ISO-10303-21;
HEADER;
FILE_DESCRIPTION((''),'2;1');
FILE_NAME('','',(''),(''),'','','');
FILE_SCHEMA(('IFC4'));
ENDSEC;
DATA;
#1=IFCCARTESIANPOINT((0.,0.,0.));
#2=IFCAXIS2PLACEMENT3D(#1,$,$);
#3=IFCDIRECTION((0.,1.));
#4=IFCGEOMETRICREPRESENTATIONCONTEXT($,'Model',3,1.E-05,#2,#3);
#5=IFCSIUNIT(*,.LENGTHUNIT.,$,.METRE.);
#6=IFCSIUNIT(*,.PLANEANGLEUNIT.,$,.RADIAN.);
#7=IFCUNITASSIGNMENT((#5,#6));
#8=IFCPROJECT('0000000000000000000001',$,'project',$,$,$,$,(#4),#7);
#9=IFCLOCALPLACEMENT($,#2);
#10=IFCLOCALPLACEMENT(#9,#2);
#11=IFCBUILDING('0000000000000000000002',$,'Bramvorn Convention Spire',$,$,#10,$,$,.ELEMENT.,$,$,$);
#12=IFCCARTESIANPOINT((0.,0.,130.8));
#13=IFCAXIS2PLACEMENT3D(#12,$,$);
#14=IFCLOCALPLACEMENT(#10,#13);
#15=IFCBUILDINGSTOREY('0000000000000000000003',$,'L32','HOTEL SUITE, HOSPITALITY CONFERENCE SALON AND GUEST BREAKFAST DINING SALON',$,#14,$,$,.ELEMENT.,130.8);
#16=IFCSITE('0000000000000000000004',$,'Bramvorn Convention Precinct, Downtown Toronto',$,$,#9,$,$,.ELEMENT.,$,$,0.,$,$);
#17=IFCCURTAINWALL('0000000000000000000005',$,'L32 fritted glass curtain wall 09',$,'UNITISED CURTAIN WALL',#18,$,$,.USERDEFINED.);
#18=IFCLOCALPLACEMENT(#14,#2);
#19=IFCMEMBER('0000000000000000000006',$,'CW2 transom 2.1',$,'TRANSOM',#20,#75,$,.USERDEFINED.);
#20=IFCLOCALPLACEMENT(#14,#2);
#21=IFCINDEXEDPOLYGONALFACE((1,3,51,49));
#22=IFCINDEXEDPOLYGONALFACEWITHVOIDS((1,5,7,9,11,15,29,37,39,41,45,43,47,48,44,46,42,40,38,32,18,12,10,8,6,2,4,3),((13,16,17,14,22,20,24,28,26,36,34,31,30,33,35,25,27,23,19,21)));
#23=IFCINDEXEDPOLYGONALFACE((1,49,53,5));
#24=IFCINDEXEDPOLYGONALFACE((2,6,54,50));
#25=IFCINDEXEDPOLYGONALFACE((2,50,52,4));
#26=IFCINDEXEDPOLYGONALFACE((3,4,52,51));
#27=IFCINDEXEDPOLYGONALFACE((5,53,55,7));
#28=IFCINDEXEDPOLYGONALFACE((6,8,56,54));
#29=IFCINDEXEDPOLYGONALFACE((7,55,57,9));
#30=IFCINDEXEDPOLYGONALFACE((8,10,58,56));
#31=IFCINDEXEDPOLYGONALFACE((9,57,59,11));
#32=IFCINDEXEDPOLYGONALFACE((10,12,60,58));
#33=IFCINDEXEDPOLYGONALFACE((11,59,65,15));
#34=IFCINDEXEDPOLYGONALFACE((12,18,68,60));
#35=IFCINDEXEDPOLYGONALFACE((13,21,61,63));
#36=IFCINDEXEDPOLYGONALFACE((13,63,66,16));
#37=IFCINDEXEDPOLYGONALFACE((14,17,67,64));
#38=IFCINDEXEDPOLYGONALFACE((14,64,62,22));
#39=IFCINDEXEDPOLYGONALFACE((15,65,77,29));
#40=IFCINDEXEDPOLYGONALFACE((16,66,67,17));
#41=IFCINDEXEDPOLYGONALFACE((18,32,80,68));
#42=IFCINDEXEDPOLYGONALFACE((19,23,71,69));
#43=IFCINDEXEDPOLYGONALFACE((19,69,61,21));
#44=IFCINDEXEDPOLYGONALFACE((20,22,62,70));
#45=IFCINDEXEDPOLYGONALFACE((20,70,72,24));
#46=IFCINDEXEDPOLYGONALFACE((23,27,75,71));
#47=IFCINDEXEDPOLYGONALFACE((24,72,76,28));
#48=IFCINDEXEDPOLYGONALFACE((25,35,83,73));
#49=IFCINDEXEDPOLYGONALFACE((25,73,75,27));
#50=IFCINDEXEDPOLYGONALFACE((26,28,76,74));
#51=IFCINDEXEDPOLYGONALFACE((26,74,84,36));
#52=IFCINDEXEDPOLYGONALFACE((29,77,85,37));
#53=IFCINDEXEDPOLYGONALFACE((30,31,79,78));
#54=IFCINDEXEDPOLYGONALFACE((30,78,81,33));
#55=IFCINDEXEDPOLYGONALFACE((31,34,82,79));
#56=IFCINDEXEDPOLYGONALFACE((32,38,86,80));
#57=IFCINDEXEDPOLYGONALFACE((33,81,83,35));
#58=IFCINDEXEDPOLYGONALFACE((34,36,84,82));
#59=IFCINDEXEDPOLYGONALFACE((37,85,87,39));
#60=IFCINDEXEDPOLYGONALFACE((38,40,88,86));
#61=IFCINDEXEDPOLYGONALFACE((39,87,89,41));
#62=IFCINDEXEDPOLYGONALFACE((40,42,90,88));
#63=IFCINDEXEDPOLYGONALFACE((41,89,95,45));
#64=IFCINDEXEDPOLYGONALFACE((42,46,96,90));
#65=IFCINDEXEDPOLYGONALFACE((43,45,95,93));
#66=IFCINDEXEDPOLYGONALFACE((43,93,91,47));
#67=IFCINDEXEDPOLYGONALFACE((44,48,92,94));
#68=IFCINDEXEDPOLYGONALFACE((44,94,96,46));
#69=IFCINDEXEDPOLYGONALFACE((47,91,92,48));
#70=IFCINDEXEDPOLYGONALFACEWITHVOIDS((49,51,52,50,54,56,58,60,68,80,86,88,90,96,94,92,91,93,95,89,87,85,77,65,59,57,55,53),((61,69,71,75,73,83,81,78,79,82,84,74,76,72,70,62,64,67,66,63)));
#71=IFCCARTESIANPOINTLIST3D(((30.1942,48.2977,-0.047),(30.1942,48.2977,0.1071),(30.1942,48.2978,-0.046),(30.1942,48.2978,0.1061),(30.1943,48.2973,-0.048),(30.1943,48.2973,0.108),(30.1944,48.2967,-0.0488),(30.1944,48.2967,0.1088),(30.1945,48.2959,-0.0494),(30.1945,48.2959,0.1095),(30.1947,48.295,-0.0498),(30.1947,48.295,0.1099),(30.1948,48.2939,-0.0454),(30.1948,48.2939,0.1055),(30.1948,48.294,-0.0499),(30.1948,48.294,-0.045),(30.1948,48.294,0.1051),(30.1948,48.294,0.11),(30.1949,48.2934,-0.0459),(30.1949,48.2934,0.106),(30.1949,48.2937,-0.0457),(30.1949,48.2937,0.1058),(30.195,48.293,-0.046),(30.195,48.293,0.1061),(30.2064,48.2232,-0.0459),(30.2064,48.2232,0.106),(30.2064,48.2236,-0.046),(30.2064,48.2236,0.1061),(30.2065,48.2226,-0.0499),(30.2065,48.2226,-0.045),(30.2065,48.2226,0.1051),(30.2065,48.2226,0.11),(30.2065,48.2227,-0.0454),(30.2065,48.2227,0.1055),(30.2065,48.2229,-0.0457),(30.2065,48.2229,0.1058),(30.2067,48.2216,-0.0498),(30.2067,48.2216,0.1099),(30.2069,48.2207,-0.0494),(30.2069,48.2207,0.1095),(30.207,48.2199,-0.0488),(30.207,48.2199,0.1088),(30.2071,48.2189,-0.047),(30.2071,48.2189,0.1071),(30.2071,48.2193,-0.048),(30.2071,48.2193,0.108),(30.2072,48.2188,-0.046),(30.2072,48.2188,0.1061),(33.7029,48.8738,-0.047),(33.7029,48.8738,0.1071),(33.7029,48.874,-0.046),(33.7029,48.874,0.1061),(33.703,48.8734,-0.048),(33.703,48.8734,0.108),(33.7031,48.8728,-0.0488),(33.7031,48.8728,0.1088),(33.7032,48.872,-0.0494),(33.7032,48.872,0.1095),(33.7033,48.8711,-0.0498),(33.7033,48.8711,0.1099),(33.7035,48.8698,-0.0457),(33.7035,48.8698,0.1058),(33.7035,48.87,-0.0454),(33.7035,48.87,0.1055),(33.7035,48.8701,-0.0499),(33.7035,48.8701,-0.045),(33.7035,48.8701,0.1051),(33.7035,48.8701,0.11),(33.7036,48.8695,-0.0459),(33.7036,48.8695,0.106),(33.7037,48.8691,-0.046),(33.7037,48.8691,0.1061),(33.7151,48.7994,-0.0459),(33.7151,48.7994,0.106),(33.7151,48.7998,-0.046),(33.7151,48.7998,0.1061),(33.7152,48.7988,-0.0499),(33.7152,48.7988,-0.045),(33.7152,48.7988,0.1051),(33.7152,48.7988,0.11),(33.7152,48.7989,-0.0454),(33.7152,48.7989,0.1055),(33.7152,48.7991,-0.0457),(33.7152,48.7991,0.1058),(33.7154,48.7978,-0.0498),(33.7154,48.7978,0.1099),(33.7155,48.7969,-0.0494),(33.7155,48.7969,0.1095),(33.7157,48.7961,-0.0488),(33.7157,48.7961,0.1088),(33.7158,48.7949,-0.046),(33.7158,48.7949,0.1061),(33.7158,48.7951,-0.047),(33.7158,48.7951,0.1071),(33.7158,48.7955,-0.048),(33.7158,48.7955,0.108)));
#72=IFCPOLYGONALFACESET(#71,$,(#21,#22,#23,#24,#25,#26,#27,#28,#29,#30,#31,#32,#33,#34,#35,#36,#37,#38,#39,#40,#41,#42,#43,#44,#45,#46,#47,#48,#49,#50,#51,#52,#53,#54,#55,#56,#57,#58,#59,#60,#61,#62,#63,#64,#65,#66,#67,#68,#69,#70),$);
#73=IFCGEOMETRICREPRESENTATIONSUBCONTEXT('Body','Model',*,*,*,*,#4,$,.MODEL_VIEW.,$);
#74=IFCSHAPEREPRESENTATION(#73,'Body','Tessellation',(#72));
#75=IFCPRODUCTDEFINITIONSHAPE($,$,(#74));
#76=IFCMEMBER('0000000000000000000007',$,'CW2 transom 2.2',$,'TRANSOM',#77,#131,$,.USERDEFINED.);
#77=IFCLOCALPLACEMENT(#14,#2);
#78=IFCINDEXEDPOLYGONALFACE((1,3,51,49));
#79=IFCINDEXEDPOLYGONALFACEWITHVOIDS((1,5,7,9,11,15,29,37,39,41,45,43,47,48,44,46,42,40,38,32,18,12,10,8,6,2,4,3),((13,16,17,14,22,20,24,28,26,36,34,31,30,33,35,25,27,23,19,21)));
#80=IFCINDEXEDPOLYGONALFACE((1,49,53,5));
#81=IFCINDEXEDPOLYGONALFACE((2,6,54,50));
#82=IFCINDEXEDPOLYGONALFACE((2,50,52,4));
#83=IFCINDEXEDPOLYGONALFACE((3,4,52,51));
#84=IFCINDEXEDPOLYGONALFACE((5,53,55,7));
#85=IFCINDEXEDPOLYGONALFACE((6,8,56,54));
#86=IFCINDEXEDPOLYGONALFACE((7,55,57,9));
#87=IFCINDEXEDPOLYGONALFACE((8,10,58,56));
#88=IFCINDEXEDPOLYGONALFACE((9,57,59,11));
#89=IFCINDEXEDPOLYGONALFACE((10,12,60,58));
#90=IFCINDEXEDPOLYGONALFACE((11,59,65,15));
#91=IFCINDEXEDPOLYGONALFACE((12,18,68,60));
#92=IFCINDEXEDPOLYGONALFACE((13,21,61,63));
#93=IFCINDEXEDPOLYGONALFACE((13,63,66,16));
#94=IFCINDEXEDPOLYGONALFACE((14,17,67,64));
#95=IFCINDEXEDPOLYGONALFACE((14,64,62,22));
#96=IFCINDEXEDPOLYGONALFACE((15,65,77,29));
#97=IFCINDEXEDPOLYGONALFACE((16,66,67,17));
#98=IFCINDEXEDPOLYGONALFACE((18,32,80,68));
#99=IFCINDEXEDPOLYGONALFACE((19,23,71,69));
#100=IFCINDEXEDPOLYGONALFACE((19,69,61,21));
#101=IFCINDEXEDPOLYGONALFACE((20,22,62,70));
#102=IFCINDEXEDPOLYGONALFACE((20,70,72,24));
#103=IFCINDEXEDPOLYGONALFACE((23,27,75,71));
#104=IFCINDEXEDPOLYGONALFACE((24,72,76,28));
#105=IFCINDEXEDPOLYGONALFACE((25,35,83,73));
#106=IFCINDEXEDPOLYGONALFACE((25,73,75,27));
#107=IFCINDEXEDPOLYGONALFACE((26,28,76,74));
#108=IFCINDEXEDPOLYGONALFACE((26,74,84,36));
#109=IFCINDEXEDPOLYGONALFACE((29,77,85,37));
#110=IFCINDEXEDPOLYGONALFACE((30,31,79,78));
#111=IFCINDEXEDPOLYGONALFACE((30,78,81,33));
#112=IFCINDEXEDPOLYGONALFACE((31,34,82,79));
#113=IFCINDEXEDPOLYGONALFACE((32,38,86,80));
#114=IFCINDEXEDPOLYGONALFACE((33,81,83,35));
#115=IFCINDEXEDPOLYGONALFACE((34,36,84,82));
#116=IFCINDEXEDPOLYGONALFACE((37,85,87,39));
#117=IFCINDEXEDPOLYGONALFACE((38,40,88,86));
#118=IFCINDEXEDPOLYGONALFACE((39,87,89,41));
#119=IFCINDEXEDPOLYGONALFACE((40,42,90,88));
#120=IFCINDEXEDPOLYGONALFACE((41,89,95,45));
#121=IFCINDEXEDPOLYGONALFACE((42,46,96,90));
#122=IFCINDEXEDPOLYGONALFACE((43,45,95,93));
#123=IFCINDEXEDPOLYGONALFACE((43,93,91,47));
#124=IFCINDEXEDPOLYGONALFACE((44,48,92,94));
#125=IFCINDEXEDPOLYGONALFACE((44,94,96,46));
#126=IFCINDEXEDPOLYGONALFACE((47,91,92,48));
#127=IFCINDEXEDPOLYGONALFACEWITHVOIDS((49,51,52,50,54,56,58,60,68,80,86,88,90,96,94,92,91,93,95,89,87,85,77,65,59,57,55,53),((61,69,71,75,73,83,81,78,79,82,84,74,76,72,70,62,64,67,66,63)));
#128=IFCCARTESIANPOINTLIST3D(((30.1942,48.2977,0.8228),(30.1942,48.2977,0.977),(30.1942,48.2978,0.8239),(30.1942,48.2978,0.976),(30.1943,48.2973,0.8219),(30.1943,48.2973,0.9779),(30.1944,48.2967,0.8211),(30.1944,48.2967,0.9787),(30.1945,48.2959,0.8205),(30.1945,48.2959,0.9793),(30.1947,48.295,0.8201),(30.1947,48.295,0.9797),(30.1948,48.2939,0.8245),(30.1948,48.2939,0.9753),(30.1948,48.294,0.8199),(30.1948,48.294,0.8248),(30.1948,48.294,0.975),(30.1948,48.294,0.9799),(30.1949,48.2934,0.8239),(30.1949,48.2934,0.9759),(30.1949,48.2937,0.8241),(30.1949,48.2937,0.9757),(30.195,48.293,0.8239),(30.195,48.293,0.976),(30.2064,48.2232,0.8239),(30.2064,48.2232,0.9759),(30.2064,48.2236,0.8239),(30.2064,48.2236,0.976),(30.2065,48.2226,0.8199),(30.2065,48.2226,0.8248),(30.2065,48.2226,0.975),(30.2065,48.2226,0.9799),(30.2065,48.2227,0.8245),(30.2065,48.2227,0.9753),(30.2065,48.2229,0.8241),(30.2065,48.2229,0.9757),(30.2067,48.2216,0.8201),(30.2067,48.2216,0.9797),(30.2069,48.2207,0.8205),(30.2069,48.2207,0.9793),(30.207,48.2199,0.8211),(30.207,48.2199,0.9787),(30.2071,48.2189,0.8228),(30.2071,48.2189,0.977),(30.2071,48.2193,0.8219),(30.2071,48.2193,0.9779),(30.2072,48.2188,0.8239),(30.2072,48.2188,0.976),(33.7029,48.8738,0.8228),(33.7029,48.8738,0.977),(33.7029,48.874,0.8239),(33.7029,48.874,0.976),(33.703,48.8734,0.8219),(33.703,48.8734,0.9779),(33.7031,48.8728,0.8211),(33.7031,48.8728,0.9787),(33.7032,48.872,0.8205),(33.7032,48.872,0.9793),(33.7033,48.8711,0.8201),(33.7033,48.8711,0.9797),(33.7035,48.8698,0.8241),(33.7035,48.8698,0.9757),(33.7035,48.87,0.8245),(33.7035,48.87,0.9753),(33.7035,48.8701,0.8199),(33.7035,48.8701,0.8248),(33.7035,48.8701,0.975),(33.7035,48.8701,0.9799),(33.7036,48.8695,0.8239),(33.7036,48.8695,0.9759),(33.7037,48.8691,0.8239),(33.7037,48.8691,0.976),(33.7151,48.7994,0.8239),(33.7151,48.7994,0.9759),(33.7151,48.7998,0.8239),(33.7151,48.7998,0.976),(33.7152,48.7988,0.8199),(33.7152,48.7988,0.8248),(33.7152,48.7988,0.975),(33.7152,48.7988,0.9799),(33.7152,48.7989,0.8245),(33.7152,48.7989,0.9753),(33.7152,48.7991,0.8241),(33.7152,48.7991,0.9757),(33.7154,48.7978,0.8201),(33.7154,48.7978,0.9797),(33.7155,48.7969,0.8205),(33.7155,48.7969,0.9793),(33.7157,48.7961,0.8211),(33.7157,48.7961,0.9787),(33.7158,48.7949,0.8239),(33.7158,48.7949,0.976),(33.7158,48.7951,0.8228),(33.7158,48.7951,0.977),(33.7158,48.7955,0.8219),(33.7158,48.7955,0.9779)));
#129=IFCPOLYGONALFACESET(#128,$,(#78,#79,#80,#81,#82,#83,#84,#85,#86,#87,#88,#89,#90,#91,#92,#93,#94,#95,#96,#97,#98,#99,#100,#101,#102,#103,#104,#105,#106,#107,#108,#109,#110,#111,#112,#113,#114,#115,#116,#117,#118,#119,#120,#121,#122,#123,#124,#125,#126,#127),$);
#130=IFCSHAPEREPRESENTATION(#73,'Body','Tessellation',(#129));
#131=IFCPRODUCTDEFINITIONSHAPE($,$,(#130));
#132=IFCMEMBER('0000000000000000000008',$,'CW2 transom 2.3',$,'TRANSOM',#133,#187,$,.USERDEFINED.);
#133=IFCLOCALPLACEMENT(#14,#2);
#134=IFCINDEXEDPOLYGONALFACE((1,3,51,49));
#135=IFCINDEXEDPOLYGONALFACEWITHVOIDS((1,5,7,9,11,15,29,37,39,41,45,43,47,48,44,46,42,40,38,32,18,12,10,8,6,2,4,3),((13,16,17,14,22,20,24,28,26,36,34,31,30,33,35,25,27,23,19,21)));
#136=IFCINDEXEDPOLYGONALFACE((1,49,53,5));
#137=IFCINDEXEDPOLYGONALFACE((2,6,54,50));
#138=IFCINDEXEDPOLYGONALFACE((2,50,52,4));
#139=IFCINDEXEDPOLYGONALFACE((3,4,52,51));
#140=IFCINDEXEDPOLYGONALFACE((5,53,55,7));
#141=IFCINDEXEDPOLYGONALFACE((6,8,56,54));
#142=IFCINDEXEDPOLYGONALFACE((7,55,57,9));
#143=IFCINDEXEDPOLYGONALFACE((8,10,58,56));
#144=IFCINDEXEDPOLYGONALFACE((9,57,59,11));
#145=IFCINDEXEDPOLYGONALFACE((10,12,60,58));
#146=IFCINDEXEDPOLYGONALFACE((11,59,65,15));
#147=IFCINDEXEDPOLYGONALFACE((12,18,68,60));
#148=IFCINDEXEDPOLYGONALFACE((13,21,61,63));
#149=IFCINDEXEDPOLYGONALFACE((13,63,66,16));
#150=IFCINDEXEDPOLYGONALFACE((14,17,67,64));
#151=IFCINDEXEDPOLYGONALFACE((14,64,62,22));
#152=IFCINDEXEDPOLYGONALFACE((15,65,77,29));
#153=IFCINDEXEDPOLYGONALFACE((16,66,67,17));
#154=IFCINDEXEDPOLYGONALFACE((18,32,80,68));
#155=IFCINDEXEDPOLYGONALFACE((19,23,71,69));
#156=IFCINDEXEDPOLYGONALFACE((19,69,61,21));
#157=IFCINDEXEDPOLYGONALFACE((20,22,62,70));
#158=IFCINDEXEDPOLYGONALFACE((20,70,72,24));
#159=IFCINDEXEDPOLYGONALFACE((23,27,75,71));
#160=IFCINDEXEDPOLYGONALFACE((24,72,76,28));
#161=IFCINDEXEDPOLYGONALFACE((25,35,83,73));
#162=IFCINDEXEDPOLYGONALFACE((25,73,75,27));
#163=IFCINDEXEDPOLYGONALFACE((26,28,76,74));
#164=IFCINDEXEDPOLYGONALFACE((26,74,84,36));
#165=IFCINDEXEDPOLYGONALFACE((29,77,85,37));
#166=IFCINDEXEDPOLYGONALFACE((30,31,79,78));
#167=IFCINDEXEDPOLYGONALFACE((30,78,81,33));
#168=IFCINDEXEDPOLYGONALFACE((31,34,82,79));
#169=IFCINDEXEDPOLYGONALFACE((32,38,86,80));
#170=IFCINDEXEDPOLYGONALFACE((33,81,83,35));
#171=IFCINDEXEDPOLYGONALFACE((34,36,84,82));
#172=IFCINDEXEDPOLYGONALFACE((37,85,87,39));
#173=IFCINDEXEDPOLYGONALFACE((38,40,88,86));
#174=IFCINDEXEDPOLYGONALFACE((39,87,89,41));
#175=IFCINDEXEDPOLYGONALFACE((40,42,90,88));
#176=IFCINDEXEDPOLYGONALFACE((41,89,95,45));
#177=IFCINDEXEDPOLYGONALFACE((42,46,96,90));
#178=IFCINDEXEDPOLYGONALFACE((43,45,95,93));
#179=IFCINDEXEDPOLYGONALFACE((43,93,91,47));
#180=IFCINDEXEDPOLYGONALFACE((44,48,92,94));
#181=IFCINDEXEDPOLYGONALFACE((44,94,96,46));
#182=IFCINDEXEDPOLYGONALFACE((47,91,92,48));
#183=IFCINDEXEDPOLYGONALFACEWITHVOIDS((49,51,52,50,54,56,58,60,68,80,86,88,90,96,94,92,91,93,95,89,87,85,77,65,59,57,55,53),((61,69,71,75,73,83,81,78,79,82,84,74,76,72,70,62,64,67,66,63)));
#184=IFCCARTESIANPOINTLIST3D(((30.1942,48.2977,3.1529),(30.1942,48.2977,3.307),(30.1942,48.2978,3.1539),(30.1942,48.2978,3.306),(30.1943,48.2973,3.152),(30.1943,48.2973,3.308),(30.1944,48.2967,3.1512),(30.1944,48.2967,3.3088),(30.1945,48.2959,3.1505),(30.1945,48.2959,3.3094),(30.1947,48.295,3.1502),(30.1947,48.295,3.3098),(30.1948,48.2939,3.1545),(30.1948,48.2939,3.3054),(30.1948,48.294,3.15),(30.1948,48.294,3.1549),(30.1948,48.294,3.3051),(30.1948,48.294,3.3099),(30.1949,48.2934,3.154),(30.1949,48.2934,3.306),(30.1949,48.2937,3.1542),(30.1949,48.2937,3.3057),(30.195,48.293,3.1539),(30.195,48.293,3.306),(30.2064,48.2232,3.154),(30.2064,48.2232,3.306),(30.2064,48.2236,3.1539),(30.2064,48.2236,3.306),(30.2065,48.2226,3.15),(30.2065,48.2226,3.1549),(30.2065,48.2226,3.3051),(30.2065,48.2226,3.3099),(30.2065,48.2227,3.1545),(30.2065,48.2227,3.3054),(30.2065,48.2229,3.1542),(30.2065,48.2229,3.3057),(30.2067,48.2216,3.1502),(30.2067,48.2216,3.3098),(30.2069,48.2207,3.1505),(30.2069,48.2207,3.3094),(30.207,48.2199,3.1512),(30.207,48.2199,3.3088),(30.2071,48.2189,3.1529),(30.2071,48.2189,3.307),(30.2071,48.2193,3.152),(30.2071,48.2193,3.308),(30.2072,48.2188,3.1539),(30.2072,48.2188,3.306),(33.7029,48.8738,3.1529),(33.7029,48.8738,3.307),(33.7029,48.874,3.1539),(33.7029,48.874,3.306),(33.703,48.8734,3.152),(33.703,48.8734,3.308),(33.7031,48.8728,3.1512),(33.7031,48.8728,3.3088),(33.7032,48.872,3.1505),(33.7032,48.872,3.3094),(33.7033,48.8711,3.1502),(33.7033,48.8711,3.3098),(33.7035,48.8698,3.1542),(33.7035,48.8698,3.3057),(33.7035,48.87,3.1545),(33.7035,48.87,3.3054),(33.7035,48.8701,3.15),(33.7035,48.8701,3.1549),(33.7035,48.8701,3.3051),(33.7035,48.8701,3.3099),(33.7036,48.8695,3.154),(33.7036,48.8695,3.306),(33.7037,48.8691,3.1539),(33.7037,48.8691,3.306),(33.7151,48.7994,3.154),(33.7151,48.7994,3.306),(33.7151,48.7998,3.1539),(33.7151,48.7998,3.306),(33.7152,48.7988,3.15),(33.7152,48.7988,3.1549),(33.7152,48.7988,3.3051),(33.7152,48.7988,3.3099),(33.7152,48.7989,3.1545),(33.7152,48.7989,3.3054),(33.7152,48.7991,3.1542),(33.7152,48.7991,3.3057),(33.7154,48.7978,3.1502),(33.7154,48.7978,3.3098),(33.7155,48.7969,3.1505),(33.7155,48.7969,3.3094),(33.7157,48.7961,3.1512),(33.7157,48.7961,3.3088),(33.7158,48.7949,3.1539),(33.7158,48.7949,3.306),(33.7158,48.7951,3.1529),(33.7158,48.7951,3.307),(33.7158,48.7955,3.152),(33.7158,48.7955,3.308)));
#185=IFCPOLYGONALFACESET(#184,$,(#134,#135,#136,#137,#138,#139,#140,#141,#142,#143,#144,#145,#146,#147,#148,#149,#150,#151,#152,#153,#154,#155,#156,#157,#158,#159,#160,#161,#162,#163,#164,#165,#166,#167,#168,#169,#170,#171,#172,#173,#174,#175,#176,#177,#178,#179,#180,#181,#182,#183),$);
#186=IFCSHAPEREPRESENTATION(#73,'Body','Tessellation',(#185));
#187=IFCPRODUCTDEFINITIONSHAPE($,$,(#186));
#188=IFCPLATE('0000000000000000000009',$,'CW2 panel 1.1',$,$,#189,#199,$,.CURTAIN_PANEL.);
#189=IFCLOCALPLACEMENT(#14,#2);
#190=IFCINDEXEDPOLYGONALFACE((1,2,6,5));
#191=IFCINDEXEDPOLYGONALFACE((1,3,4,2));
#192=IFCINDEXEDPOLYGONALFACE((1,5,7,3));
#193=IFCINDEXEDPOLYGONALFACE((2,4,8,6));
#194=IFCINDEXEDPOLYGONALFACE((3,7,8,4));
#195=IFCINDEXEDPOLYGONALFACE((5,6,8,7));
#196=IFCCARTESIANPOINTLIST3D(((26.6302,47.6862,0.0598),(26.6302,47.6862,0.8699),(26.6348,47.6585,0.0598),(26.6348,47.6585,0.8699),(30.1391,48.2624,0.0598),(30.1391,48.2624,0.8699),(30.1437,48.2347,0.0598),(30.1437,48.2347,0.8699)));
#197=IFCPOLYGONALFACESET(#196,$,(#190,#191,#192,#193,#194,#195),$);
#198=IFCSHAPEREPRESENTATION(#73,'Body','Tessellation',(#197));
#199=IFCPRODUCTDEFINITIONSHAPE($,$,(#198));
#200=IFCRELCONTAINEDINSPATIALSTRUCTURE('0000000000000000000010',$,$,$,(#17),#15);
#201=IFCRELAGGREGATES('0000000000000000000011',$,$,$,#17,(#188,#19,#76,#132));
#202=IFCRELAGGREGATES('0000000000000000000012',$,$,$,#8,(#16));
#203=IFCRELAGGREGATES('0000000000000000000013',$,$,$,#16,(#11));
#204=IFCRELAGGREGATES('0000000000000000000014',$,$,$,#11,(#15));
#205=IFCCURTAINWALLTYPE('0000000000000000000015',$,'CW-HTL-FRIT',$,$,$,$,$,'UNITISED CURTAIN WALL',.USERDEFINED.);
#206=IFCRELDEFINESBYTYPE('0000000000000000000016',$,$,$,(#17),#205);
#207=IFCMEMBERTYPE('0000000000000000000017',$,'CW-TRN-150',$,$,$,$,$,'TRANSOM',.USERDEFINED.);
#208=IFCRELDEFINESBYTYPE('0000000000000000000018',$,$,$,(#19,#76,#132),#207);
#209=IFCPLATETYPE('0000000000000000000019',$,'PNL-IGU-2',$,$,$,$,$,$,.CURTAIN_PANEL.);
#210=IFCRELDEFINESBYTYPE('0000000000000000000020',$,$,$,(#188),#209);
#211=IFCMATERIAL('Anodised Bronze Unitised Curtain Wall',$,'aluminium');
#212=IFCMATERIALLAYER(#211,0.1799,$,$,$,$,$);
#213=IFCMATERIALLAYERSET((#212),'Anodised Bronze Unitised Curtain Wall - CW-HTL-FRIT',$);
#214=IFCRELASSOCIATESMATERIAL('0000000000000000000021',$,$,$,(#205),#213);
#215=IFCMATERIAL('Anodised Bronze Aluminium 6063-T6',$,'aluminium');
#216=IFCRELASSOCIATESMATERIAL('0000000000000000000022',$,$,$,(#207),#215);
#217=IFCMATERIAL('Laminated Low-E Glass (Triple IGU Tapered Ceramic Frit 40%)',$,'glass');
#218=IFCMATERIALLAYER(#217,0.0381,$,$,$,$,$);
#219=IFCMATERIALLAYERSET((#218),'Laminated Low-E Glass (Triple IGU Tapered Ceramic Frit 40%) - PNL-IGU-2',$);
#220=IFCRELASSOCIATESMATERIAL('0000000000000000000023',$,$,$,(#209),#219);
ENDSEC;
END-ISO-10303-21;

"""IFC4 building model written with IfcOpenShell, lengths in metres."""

from ifc_helpers import new_model, si_unit, direction, frame, origin, origin_2d, place, context, subcontext, project, spatial, rectangle, hollow_rectangle, extrude, material, layer, layer_set, material_profile, profile_set, type_object, element, aggregate, save


model = new_model("IFC4")

# Units and contexts
model_context = context("Model", 3, precision=1e-05, world=origin(), true_north=direction((0.0, 1.0)))
body_context = subcontext(model_context, "Body", "Model", "MODEL_VIEW")
ifc_project = project(units=[si_unit("LENGTHUNIT", "METRE"), si_unit("PLANEANGLEUNIT", "RADIAN")], contexts=[model_context])

# Site, building, storey
site_placement = place(None, origin())
site = spatial("IfcSite", under=ifc_project, at=site_placement, Name="Bramvorn Convention Precinct, Downtown Toronto", CompositionType="ELEMENT", RefElevation=0.0)
building_placement = place(site_placement, origin())
building = spatial("IfcBuilding", under=site, at=building_placement, Name="Bramvorn Convention Spire", CompositionType="ELEMENT")
storey_placement = place(building_placement, frame((0.0, 0.0, 130.8)))
storey = spatial("IfcBuildingStorey", under=building, at=storey_placement, Name="L32", Description="HOTEL SUITE, HOSPITALITY CONFERENCE SALON AND GUEST BREAKFAST DINING SALON", CompositionType="ELEMENT", Elevation=130.8)

# Shared definitions
ifc_material_1 = material(Name="Anodised Bronze Unitised Curtain Wall", Category="aluminium")
ifc_layer_1 = layer(ifc_material_1, 0.1799)
ifc_layer_set_1 = layer_set([ifc_layer_1], Name="Anodised Bronze Unitised Curtain Wall - CW-HTL-FRIT")
curtain_wall_type = type_object("IfcCurtainWallType", Name="CW-HTL-FRIT", ElementType="UNITISED CURTAIN WALL", PredefinedType="USERDEFINED", material=ifc_layer_set_1)
ifc_material_2 = material(Name="Anodised Bronze Aluminium 6063-T6", Category="aluminium")

# Curtain wall
curtain_wall_1_placement = place(storey_placement, origin())
curtain_wall_1 = element("IfcCurtainWall", 1, at=curtain_wall_1_placement, inside=storey, type_object=curtain_wall_type, Name="L32 fritted glass curtain wall 09", ObjectType="UNITISED CURTAIN WALL", PredefinedType="USERDEFINED")

# Members
ifc_material_profile_1 = material_profile(ifc_material_2, hollow_rectangle(XDim=0.0801, YDim=0.1599, WallThickness=0.0039, InnerFilletRadius=0.001, OuterFilletRadius=0.0039, at=origin_2d()))
ifc_profile_set_1 = profile_set([ifc_material_profile_1], Name="Anodised Bronze Aluminium 6063-T6 - CWT80X160")
member_type_1 = type_object("IfcMemberType", Name="CW-TRN-150", ElementType="TRANSOM", PredefinedType="USERDEFINED", material=ifc_profile_set_1)
member_1_placement = place(storey_placement, frame((30.2007, 48.2583, 0.03), z_axis=(0.986785, 0.162038, 0.0), x_axis=(-0.162038, 0.986785, 0.0)))
member_1 = element("IfcMember", 2, at=member_1_placement, type_object=member_type_1, Name="CW2 transom 2.1", ObjectType="TRANSOM", PredefinedType="USERDEFINED", context=body_context, shape_type="SweptSolid", body=[
    extrude(hollow_rectangle(XDim=0.0801, YDim=0.1599, WallThickness=0.0039, InnerFilletRadius=0.001, OuterFilletRadius=0.0039, at=origin_2d()), origin(), (0.0, 0.0, 1.0), 3.5557),
])
member_2_placement = place(storey_placement, frame((30.2007, 48.2583, 0.8999), z_axis=(0.986785, 0.162038, 0.0), x_axis=(-0.162038, 0.986785, 0.0)))
member_2 = element("IfcMember", 3, at=member_2_placement, type_object=member_type_1, Name="CW2 transom 2.2", ObjectType="TRANSOM", PredefinedType="USERDEFINED", context=body_context, shape_type="SweptSolid", body=[
    extrude(hollow_rectangle(XDim=0.0801, YDim=0.1599, WallThickness=0.0039, InnerFilletRadius=0.001, OuterFilletRadius=0.0039, at=origin_2d()), origin(), (0.0, 0.0, 1.0), 3.5557),
])
member_3_placement = place(storey_placement, frame((30.2007, 48.2583, 3.23), z_axis=(0.986785, 0.162038, 0.0), x_axis=(-0.162038, 0.986785, 0.0)))
member_3 = element("IfcMember", 4, at=member_3_placement, type_object=member_type_1, Name="CW2 transom 2.3", ObjectType="TRANSOM", PredefinedType="USERDEFINED", context=body_context, shape_type="SweptSolid", body=[
    extrude(hollow_rectangle(XDim=0.0801, YDim=0.1599, WallThickness=0.0039, InnerFilletRadius=0.001, OuterFilletRadius=0.0039, at=origin_2d()), origin(), (0.0, 0.0, 1.0), 3.5557),
])

# Plate
ifc_material_3 = material(Name="Laminated Low-E Glass (Triple IGU Tapered Ceramic Frit 40%)", Category="glass")
ifc_layer_2 = layer(ifc_material_3, 0.0381)
ifc_layer_set_2 = layer_set([ifc_layer_2], Name="Laminated Low-E Glass (Triple IGU Tapered Ceramic Frit 40%) - PNL-IGU-2")
plate_type = type_object("IfcPlateType", Name="PNL-IGU-2", PredefinedType="CURTAIN_PANEL", material=ifc_layer_set_2)
plate_1_placement = place(storey_placement, frame((28.387, 47.9604, 0.0598), z_axis=(0.0, 0.0, 1.0), x_axis=(0.986783, 0.162046, 0.0)))
plate_1 = element("IfcPlate", 5, at=plate_1_placement, type_object=plate_type, Name="CW2 panel 1.1", PredefinedType="CURTAIN_PANEL", context=body_context, shape_type="SweptSolid", body=[
    extrude(rectangle(XDim=3.5559, YDim=0.0281, at=origin_2d()), origin(), (0.0, 0.0, 1.0), 0.8101),
])
aggregate(curtain_wall_1, [plate_1, member_1, member_2, member_3])

save(model, "model.ifc")
